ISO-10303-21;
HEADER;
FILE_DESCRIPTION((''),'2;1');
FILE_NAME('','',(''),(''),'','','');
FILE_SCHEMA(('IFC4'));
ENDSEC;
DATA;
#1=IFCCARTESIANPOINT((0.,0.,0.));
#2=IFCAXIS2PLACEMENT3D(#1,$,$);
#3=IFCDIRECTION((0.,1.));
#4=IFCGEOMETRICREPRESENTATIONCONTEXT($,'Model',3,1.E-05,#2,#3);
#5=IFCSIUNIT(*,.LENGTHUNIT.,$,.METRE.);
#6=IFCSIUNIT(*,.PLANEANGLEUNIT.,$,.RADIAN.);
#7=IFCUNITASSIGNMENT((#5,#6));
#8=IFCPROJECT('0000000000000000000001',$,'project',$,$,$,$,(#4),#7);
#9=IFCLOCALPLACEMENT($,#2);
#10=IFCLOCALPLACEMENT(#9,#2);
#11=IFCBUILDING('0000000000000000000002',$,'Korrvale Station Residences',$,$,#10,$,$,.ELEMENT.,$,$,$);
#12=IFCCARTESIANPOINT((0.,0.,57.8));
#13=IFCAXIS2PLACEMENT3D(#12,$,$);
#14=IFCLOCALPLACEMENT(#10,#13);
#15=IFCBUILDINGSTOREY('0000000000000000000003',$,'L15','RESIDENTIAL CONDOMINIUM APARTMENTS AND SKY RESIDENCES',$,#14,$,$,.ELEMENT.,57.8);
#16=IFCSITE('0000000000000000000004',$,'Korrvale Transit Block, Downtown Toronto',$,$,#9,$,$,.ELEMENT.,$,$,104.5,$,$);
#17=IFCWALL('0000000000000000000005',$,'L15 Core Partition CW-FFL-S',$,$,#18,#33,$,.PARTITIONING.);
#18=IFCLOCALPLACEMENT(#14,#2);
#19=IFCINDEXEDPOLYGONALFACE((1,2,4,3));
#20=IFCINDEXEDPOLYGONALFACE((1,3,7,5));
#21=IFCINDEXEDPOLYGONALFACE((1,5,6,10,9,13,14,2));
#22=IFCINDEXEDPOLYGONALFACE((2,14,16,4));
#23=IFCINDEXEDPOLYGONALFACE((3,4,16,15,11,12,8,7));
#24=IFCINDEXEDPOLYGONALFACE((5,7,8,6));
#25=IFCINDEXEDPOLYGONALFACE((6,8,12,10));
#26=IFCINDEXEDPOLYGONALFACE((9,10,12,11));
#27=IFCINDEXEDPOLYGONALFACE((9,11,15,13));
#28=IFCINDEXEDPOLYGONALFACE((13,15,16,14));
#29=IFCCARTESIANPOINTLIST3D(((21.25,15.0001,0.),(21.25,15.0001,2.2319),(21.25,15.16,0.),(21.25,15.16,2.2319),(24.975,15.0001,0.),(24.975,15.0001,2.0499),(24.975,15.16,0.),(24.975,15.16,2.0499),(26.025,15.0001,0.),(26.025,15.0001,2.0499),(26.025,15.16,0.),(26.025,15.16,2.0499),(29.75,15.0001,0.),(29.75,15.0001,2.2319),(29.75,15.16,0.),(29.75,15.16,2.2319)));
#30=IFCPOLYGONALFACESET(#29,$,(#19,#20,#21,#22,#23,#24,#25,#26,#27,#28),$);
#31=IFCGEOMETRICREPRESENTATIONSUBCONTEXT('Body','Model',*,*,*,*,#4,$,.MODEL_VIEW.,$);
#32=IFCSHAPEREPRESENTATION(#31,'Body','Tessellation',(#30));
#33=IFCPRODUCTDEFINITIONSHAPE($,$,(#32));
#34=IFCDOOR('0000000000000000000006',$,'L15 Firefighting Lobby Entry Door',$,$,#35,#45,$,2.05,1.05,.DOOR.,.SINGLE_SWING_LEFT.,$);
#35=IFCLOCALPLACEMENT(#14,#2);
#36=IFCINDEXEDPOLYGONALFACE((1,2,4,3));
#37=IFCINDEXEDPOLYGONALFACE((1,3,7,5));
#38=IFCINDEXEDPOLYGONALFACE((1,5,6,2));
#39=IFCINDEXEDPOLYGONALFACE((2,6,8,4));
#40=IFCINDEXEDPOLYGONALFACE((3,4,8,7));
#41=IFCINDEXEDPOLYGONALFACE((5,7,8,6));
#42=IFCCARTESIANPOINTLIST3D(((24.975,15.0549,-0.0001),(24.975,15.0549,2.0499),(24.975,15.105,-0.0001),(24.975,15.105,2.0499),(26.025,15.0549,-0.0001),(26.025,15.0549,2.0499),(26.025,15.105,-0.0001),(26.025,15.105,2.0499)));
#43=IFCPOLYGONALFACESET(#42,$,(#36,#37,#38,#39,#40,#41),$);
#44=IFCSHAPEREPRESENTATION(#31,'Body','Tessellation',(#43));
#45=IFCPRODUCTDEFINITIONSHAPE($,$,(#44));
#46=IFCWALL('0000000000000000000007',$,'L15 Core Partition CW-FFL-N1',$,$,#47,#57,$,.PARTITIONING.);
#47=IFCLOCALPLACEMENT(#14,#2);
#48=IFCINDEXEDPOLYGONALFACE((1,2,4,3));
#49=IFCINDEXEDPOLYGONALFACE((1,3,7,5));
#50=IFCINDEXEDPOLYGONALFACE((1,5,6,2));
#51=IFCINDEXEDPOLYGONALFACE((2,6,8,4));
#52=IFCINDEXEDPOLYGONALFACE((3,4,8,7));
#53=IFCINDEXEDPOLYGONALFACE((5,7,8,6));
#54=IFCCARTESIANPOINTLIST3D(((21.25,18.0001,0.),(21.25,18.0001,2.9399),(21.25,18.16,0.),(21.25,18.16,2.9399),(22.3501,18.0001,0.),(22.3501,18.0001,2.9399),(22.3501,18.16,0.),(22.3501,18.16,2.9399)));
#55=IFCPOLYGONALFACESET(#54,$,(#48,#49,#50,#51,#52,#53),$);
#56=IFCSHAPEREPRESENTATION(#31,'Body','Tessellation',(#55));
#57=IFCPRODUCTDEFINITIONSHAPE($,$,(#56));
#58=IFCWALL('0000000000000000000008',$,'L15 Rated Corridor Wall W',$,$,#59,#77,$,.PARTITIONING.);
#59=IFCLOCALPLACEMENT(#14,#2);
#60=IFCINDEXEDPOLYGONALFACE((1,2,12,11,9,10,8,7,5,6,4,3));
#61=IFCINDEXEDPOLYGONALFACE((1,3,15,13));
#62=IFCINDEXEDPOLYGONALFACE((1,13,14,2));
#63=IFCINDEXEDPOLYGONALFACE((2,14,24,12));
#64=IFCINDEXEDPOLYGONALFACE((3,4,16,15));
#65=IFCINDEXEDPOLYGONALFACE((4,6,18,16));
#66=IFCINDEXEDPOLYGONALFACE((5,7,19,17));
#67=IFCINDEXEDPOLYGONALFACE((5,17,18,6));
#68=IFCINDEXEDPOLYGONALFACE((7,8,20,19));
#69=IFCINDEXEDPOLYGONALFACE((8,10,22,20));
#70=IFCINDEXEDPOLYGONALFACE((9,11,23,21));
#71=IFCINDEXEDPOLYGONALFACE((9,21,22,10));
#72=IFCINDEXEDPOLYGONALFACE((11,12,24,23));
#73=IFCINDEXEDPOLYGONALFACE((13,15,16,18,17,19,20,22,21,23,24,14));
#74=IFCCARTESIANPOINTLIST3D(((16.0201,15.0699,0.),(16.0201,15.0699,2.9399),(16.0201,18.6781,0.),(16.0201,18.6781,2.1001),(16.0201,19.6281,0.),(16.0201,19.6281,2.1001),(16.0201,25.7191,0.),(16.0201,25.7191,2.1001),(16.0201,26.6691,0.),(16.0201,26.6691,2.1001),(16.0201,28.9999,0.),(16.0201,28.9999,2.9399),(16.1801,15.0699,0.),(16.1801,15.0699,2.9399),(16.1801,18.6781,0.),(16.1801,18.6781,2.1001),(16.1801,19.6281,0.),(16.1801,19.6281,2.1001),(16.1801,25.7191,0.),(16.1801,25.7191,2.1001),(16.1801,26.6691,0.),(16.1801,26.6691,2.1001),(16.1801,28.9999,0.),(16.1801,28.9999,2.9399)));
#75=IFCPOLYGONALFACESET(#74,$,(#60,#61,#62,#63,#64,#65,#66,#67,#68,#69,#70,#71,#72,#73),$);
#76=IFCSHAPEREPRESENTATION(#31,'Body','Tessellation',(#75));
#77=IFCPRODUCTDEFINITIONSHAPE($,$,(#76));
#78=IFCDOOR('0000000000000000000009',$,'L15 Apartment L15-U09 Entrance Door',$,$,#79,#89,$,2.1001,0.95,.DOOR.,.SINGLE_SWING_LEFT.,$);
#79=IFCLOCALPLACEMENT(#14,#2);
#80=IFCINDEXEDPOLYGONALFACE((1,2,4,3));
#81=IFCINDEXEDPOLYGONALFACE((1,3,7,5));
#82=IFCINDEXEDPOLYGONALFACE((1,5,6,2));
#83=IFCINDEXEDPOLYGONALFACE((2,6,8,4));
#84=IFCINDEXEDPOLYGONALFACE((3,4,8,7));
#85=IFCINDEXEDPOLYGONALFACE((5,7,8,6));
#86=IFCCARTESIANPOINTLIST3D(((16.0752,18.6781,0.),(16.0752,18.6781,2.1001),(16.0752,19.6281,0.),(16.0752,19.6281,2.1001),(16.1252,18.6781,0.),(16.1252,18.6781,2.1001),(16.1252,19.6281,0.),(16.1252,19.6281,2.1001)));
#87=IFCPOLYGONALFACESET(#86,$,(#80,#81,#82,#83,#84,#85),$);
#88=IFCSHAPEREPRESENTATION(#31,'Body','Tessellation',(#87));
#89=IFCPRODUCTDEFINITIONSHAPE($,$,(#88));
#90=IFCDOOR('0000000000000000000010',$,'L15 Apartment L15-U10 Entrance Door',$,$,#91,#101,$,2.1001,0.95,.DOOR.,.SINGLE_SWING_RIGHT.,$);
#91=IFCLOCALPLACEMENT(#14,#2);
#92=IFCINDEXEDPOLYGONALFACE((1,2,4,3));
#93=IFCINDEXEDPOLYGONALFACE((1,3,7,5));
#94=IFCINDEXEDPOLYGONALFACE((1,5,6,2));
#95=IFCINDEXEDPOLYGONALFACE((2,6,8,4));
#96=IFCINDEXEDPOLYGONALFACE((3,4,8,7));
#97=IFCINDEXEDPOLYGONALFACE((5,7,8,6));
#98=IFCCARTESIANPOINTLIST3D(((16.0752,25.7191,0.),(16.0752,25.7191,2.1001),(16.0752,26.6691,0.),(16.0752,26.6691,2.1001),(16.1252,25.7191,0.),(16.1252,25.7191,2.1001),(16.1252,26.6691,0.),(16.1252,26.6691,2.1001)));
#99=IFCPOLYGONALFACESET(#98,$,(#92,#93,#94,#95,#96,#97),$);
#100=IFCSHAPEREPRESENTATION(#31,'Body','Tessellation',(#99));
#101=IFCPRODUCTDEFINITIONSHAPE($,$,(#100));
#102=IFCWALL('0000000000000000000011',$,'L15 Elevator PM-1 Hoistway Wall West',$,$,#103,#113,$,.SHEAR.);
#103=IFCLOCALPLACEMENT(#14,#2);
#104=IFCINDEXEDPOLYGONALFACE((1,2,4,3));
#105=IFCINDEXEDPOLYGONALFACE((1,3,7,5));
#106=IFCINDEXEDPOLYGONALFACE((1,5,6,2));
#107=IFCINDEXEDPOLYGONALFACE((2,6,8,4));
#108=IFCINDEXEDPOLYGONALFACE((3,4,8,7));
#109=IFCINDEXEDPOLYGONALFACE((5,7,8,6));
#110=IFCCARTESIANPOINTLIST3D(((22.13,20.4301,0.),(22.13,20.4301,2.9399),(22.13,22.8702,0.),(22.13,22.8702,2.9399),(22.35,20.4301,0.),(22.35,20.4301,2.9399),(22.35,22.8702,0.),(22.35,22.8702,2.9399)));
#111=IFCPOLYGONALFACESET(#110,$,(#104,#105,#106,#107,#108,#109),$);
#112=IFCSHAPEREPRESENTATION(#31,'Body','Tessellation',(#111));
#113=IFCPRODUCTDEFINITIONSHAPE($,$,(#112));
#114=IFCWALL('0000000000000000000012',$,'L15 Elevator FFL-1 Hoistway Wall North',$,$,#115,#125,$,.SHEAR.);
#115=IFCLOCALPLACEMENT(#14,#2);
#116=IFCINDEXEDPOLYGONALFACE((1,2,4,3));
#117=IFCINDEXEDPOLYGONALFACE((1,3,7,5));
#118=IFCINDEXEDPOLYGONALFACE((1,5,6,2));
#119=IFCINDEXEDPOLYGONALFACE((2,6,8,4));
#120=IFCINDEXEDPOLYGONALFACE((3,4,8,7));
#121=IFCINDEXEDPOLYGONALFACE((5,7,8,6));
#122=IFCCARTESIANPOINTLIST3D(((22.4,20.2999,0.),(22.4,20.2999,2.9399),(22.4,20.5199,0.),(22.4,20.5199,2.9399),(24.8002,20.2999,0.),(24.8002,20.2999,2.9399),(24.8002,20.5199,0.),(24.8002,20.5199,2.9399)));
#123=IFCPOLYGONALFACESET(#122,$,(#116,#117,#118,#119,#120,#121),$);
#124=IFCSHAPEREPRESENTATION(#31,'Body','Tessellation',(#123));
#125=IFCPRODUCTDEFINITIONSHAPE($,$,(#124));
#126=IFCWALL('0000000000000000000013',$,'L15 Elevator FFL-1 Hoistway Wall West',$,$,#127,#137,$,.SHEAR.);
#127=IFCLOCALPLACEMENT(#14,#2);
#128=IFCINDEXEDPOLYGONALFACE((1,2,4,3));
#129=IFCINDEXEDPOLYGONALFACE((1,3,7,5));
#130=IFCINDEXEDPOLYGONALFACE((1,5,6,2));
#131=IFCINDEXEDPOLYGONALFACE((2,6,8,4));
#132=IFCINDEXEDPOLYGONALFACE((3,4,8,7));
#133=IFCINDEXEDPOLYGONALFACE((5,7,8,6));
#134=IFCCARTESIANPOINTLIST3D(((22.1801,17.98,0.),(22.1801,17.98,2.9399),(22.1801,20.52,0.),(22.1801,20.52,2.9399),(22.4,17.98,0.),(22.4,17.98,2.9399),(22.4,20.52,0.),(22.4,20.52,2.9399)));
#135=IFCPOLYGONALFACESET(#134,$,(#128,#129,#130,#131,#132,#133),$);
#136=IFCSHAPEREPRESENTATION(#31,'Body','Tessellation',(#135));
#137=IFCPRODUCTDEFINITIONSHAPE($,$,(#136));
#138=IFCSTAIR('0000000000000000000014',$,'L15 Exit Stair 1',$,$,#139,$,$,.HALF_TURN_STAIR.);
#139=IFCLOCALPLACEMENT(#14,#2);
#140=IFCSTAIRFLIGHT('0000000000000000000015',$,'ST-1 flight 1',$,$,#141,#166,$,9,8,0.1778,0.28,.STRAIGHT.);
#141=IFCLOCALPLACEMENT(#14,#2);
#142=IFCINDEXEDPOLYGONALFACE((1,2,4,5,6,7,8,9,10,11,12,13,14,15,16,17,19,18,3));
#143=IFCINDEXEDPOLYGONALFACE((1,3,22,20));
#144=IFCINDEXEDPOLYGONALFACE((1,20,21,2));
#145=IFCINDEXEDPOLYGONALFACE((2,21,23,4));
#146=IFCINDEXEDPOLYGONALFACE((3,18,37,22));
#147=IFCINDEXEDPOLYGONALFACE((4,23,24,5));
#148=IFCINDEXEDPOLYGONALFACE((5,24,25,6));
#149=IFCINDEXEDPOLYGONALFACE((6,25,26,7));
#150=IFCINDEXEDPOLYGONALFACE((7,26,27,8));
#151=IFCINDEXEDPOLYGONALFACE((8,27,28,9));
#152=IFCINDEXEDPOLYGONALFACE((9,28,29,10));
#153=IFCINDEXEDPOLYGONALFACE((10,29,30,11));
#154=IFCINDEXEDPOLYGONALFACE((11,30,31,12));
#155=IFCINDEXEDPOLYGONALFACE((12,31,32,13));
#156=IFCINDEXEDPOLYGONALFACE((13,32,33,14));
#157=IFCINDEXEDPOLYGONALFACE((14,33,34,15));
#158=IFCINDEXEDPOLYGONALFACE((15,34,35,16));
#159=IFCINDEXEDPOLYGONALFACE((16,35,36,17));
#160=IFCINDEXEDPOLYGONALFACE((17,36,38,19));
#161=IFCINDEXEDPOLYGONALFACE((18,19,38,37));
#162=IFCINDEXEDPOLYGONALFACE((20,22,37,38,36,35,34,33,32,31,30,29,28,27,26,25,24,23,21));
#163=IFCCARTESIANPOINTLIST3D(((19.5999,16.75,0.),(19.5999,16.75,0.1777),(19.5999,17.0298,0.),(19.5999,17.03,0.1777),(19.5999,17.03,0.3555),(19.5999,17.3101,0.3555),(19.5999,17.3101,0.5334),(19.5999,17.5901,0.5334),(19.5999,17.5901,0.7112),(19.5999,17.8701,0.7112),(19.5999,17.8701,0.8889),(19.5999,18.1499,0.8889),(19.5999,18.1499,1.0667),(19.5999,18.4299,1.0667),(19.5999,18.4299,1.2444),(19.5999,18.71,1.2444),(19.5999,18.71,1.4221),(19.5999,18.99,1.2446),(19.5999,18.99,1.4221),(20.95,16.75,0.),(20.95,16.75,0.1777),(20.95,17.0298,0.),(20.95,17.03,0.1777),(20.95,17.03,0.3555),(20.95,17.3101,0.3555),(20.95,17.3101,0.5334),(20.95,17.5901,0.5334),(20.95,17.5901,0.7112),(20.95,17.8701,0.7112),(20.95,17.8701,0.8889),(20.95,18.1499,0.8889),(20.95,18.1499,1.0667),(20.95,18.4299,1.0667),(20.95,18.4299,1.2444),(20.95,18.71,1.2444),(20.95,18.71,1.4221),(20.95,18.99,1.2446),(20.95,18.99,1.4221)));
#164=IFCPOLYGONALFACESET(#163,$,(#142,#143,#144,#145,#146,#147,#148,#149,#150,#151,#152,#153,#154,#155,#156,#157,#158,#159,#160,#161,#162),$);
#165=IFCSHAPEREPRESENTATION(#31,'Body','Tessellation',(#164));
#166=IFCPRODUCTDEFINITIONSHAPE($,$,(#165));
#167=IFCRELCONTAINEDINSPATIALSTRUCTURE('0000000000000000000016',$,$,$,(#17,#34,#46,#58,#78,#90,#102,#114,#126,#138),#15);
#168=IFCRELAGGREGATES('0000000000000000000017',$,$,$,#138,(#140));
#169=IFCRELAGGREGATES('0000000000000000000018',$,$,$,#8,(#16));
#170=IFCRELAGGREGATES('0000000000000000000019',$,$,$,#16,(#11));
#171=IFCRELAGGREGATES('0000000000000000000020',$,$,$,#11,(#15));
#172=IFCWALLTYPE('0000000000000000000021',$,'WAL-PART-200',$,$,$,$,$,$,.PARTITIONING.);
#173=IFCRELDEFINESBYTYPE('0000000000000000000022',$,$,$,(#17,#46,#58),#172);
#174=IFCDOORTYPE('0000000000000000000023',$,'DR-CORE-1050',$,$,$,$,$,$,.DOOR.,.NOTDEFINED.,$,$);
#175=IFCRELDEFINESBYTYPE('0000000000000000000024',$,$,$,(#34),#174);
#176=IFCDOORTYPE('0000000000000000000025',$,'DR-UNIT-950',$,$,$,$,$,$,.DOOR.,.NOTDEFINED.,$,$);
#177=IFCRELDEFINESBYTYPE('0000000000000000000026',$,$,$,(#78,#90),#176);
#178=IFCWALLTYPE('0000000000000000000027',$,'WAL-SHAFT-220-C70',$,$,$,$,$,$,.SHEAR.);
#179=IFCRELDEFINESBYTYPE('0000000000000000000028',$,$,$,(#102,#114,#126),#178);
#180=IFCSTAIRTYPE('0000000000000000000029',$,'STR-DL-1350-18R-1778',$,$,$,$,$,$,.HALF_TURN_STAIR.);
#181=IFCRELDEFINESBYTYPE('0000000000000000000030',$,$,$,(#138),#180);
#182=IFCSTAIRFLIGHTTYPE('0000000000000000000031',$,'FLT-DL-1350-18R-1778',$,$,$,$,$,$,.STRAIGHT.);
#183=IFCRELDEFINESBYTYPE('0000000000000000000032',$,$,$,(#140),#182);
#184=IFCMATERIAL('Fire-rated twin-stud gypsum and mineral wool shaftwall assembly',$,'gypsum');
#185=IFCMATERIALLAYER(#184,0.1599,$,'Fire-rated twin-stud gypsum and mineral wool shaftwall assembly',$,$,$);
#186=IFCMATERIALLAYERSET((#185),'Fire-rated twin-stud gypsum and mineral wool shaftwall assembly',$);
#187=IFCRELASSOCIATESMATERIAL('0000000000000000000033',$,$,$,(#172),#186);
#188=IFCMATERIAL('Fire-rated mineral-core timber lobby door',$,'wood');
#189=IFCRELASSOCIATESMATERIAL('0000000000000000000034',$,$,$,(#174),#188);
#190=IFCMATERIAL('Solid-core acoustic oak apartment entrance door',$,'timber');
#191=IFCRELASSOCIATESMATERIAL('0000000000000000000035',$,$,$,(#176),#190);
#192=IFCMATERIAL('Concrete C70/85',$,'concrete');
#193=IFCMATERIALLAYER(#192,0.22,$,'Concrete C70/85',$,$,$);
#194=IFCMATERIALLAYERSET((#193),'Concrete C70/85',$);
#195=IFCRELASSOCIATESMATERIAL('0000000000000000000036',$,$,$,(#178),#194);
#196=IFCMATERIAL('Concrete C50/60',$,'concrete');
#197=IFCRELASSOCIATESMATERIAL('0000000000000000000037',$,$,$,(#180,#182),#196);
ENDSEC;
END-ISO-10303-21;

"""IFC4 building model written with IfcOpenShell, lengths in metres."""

from ifc_helpers import new_model, si_unit, direction, frame, frame_2d, origin, place, context, subcontext, project, spatial, polyline, rectangle, outline, extrude, material, layer, layer_set, type_object, element, fill, aggregate, save


model = new_model("IFC4")

# Units and contexts
model_context = context("Model", 3, precision=1e-05, world=origin(), true_north=direction((0.0, 1.0)))
body_context = subcontext(model_context, "Body", "Model", "MODEL_VIEW")
ifc_project = project(units=[si_unit("LENGTHUNIT", "METRE"), si_unit("PLANEANGLEUNIT", "RADIAN")], contexts=[model_context])

# Site, building, storey
site_placement = place(None, origin())
site = spatial("IfcSite", under=ifc_project, at=site_placement, Name="Korrvale Transit Block, Downtown Toronto", CompositionType="ELEMENT", RefElevation=104.5)
building_placement = place(site_placement, origin())
building = spatial("IfcBuilding", under=site, at=building_placement, Name="Korrvale Station Residences", CompositionType="ELEMENT")
storey_placement = place(building_placement, frame((0.0, 0.0, 57.8)))
storey = spatial("IfcBuildingStorey", under=building, at=storey_placement, Name="L15", Description="RESIDENTIAL CONDOMINIUM APARTMENTS AND SKY RESIDENCES", CompositionType="ELEMENT", Elevation=57.8)

# Shared definitions
ifc_material_1 = material(Name="Concrete C70/85", Category="concrete")

# Wall, opening, door
ifc_material_2 = material(Name="Fire-rated twin-stud gypsum and mineral wool shaftwall assembly", Category="gypsum")
ifc_layer_1 = layer(ifc_material_2, 0.1599, Name="Fire-rated twin-stud gypsum and mineral wool shaftwall assembly")
ifc_layer_set_1 = layer_set([ifc_layer_1], Name="Fire-rated twin-stud gypsum and mineral wool shaftwall assembly")
wall_type_1 = type_object("IfcWallType", Name="WAL-PART-200", PredefinedType="PARTITIONING", material=ifc_layer_set_1)
wall_1_placement = place(storey_placement, frame((21.25, 15.0801, 0.0), z_axis=(0.0, 0.0, 1.0), x_axis=(1.0, 0.0, 0.0)))
wall_1 = element("IfcWall", 1, at=wall_1_placement, inside=storey, type_object=wall_type_1, Name="L15 Core Partition CW-FFL-S", PredefinedType="PARTITIONING", context=body_context, shape_type="SweptSolid", body=[
    extrude(rectangle(XDim=8.5, YDim=0.1599, at=frame_2d((4.25, 0.0))), origin(), (0.0, 0.0, 1.0), 2.2319),
])
opening_1_placement = place(wall_1_placement, frame((3.7251, 0.0, 0.0)))
opening_1 = element("IfcOpeningElement", 2, at=opening_1_placement, cuts=wall_1, PredefinedType="OPENING", context=body_context, shape_type="SweptSolid", body=[
    extrude(rectangle(XDim=1.05, YDim=2.05, at=frame_2d((0.5249, 1.0249))), frame((0.0, 0.0898, 0.0), z_axis=(0.0, -1.0, 0.0), x_axis=(1.0, 0.0, 0.0)), (0.0, 0.0, 1.0), 0.1799),
])
ifc_material_3 = material(Name="Fire-rated mineral-core timber lobby door", Category="wood")
door_type_1 = type_object("IfcDoorType", Name="DR-CORE-1050", OperationType="NOTDEFINED", PredefinedType="DOOR", material=ifc_material_3)
door_1_placement = place(opening_1_placement, origin())
door_1 = element("IfcDoor", 3, at=door_1_placement, inside=storey, type_object=door_type_1, Name="L15 Firefighting Lobby Entry Door", OperationType="SINGLE_SWING_LEFT", OverallHeight=2.05, OverallWidth=1.05, PredefinedType="DOOR", context=body_context, shape_type="SweptSolid", body=[
    extrude(rectangle(XDim=1.05, YDim=2.05, at=frame_2d((0.5249, 1.0249))), frame((0.0, 0.0249, 0.0), z_axis=(0.0, -1.0, 0.0), x_axis=(1.0, 0.0, 0.0)), (0.0, 0.0, 1.0), 0.05),
])
fill(opening_1, door_1)

# Wall
wall_2_placement = place(storey_placement, frame((21.25, 18.0801, 0.0), z_axis=(0.0, 0.0, 1.0), x_axis=(1.0, 0.0, 0.0)))
element("IfcWall", 4, at=wall_2_placement, inside=storey, type_object=wall_type_1, Name="L15 Core Partition CW-FFL-N1", PredefinedType="PARTITIONING", context=body_context, shape_type="SweptSolid", body=[
    extrude(rectangle(XDim=1.1001, YDim=0.1599, at=frame_2d((0.55, 0.0))), origin(), (0.0, 0.0, 1.0), 2.9399),
])

# Wall, openings, doors
wall_3_placement = place(storey_placement, frame((16.1001, 15.0701, 0.0), z_axis=(0.0, 0.0, 1.0), x_axis=(0.0, 1.0, 0.0)))
wall_3 = element("IfcWall", 5, at=wall_3_placement, inside=storey, type_object=wall_type_1, Name="L15 Rated Corridor Wall W", PredefinedType="PARTITIONING", context=body_context, shape_type="SweptSolid", body=[
    extrude(rectangle(XDim=13.9299, YDim=0.1599, at=frame_2d((6.9648, 0.0))), origin(), (0.0, 0.0, 1.0), 2.9399),
])
opening_2_placement = place(wall_3_placement, frame((3.6079, 0.0, 0.0)))
opening_2 = element("IfcOpeningElement", 6, at=opening_2_placement, cuts=wall_3, PredefinedType="OPENING", context=body_context, shape_type="SweptSolid", body=[
    extrude(rectangle(XDim=0.95, YDim=2.1001, at=frame_2d((0.4751, 1.05))), frame((0.0, 0.0898, 0.0), z_axis=(0.0, -1.0, 0.0), x_axis=(1.0, 0.0, 0.0)), (0.0, 0.0, 1.0), 0.1799),
])
opening_3_placement = place(wall_3_placement, frame((10.6489, 0.0, 0.0)))
opening_3 = element("IfcOpeningElement", 7, at=opening_3_placement, cuts=wall_3, PredefinedType="OPENING", context=body_context, shape_type="SweptSolid", body=[
    extrude(rectangle(XDim=0.95, YDim=2.1001, at=frame_2d((0.4751, 1.05))), frame((0.0, 0.0898, 0.0), z_axis=(0.0, -1.0, 0.0), x_axis=(1.0, 0.0, 0.0)), (0.0, 0.0, 1.0), 0.1799),
])
ifc_material_4 = material(Name="Solid-core acoustic oak apartment entrance door", Category="timber")
door_type_2 = type_object("IfcDoorType", Name="DR-UNIT-950", OperationType="NOTDEFINED", PredefinedType="DOOR", material=ifc_material_4)
door_2_placement = place(opening_2_placement, origin())
door_2 = element("IfcDoor", 8, at=door_2_placement, inside=storey, type_object=door_type_2, Name="L15 Apartment L15-U09 Entrance Door", OperationType="SINGLE_SWING_LEFT", OverallHeight=2.1001, OverallWidth=0.95, PredefinedType="DOOR", context=body_context, shape_type="SweptSolid", body=[
    extrude(rectangle(XDim=0.95, YDim=2.1001, at=frame_2d((0.4751, 1.05))), frame((0.0, 0.0249, 0.0), z_axis=(0.0, -1.0, 0.0), x_axis=(1.0, 0.0, 0.0)), (0.0, 0.0, 1.0), 0.05),
])
fill(opening_2, door_2)
door_3_placement = place(opening_3_placement, origin())
door_3 = element("IfcDoor", 9, at=door_3_placement, inside=storey, type_object=door_type_2, Name="L15 Apartment L15-U10 Entrance Door", OperationType="SINGLE_SWING_RIGHT", OverallHeight=2.1001, OverallWidth=0.95, PredefinedType="DOOR", context=body_context, shape_type="SweptSolid", body=[
    extrude(rectangle(XDim=0.95, YDim=2.1001, at=frame_2d((0.4751, 1.05))), frame((0.0, 0.0249, 0.0), z_axis=(0.0, -1.0, 0.0), x_axis=(1.0, 0.0, 0.0)), (0.0, 0.0, 1.0), 0.05),
])
fill(opening_3, door_3)

# Wall
ifc_layer_2 = layer(ifc_material_1, 0.22, Name="Concrete C70/85")
ifc_layer_set_2 = layer_set([ifc_layer_2], Name="Concrete C70/85")
wall_type_2 = type_object("IfcWallType", Name="WAL-SHAFT-220-C70", PredefinedType="SHEAR", material=ifc_layer_set_2)
wall_4_placement = place(storey_placement, frame((22.24, 20.4299, 0.0), z_axis=(0.0, 0.0, 1.0), x_axis=(0.0, 1.0, 0.0)))
element("IfcWall", 10, at=wall_4_placement, inside=storey, type_object=wall_type_2, Name="L15 Elevator PM-1 Hoistway Wall West", PredefinedType="SHEAR", context=body_context, shape_type="SweptSolid", body=[
    extrude(rectangle(XDim=2.4402, YDim=0.22, at=frame_2d((1.2202, 0.0))), origin(), (0.0, 0.0, 1.0), 2.9399),
])

# Walls
wall_5_placement = place(storey_placement, frame((22.3999, 20.4099, 0.0), z_axis=(0.0, 0.0, 1.0), x_axis=(1.0, 0.0, 0.0)))
element("IfcWall", 11, at=wall_5_placement, inside=storey, type_object=wall_type_2, Name="L15 Elevator FFL-1 Hoistway Wall North", PredefinedType="SHEAR", context=body_context, shape_type="SweptSolid", body=[
    extrude(rectangle(XDim=2.4001, YDim=0.22, at=frame_2d((1.2002, 0.0))), origin(), (0.0, 0.0, 1.0), 2.9399),
])
wall_6_placement = place(storey_placement, frame((22.29, 17.98, 0.0), z_axis=(0.0, 0.0, 1.0), x_axis=(0.0, 1.0, 0.0)))
element("IfcWall", 12, at=wall_6_placement, inside=storey, type_object=wall_type_2, Name="L15 Elevator FFL-1 Hoistway Wall West", PredefinedType="SHEAR", context=body_context, shape_type="SweptSolid", body=[
    extrude(rectangle(XDim=2.54, YDim=0.22, at=frame_2d((1.27, 0.0))), origin(), (0.0, 0.0, 1.0), 2.9399),
])

# Stair, stair flight
ifc_material_5 = material(Name="Concrete C50/60", Category="concrete")
stair_type = type_object("IfcStairType", Name="STR-DL-1350-18R-1778", PredefinedType="HALF_TURN_STAIR", material=ifc_material_5)
stair_placement = place(storey_placement, origin())
stair = element("IfcStair", 13, at=stair_placement, inside=storey, type_object=stair_type, Name="L15 Exit Stair 1", PredefinedType="HALF_TURN_STAIR")
stair_flight_type = type_object("IfcStairFlightType", Name="FLT-DL-1350-18R-1778", PredefinedType="STRAIGHT", material=ifc_material_5)
stair_flight_1_placement = place(storey_placement, frame((20.2749, 16.75, 0.0), z_axis=(0.0, 0.0, 1.0), x_axis=(0.0, 1.0, 0.0)))
stair_flight_1 = element("IfcStairFlight", 14, at=stair_flight_1_placement, type_object=stair_flight_type, Name="ST-1 flight 1", NumberOfRisers=9, NumberOfTreads=8, PredefinedType="STRAIGHT", RiserHeight=0.1778, TreadLength=0.28, context=body_context, shape_type="SweptSolid", body=[
    extrude(outline(polyline([(0.0, 0.0), (0.0, 0.1777), (0.28, 0.1777), (0.28, 0.3555), (0.5601, 0.3555), (0.5601, 0.5334), (0.8401, 0.5334), (0.8401, 0.7112), (1.1201, 0.7112), (1.1201, 0.8889), (1.3999, 0.8889), (1.3999, 1.0667), (1.6799, 1.0667), (1.6799, 1.2444), (1.96, 1.2444), (1.96, 1.4221), (2.24, 1.4221), (2.24, 1.6001), (2.24, 1.2446), (0.2798, 0.0), (0.0, 0.0)])), frame((0.0, 0.675, 0.0), z_axis=(0.0, -1.0, 0.0), x_axis=(1.0, 0.0, 0.0)), (0.0, 0.0, 1.0), 1.3501),
])
aggregate(stair, [stair_flight_1])

save(model, "model.ifc")
